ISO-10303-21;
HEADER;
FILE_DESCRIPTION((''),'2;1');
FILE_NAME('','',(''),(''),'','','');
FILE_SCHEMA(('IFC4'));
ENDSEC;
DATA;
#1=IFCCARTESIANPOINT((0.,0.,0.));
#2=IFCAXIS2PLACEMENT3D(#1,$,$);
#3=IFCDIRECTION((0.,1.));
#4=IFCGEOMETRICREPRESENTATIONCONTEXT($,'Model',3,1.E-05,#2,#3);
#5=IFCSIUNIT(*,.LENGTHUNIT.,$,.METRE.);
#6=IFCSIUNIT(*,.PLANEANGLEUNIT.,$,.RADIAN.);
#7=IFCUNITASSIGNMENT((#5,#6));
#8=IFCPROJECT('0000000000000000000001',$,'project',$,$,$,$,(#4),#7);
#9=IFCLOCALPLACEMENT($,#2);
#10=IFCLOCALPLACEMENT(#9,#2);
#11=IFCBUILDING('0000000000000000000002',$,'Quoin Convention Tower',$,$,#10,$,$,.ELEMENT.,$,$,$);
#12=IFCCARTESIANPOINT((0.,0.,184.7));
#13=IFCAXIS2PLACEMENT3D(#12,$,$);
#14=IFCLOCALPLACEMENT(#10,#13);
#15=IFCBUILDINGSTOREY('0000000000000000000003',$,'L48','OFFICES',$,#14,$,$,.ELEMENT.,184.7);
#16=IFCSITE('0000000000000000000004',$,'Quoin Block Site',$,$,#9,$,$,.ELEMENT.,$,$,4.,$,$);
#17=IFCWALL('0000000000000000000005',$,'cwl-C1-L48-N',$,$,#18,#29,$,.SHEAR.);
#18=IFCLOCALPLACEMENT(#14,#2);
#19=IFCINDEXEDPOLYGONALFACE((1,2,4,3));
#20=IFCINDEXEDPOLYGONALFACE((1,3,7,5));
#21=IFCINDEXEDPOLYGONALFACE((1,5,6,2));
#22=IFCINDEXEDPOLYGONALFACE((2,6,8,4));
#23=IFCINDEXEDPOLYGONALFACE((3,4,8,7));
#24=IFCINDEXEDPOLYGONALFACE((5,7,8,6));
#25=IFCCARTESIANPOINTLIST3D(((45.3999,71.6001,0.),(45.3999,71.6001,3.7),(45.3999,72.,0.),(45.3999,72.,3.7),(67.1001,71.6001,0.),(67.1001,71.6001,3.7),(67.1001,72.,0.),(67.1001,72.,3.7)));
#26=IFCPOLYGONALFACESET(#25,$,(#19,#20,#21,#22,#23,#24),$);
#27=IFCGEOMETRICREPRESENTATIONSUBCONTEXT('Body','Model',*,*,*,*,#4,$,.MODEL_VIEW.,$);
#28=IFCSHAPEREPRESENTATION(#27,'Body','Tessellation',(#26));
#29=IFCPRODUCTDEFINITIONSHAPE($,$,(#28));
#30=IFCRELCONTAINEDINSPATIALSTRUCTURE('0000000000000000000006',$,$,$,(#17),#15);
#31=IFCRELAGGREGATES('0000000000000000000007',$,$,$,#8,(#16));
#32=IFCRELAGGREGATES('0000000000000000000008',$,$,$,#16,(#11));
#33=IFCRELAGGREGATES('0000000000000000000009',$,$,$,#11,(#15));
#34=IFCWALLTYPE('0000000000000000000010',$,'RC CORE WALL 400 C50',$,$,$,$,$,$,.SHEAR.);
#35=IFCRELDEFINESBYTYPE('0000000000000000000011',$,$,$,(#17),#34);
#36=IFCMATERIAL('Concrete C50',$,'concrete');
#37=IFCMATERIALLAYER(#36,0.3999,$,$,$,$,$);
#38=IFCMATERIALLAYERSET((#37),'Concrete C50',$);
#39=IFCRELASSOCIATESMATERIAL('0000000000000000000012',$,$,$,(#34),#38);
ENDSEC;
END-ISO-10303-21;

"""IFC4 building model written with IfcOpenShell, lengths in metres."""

from ifc_helpers import new_model, si_unit, direction, frame, frame_2d, origin, place, context, subcontext, project, spatial, rectangle, extrude, material, layer, layer_set, type_object, element, save


model = new_model("IFC4")

# Units and contexts
model_context = context("Model", 3, precision=1e-05, world=origin(), true_north=direction((0.0, 1.0)))
body_context = subcontext(model_context, "Body", "Model", "MODEL_VIEW")
ifc_project = project(units=[si_unit("LENGTHUNIT", "METRE"), si_unit("PLANEANGLEUNIT", "RADIAN")], contexts=[model_context])

# Site, building, storey
site_placement = place(None, origin())
site = spatial("IfcSite", under=ifc_project, at=site_placement, Name="Quoin Block Site", CompositionType="ELEMENT", RefElevation=4.0)
building_placement = place(site_placement, origin())
building = spatial("IfcBuilding", under=site, at=building_placement, Name="Quoin Convention Tower", CompositionType="ELEMENT")
storey_placement = place(building_placement, frame((0.0, 0.0, 184.7)))
storey = spatial("IfcBuildingStorey", under=building, at=storey_placement, Name="L48", Description="OFFICES", CompositionType="ELEMENT", Elevation=184.7)

# Shared definitions
ifc_material_1 = material(Name="Concrete C50", Category="concrete")

# Wall
ifc_layer_1 = layer(ifc_material_1, 0.3999)
ifc_layer_set_1 = layer_set([ifc_layer_1], Name="Concrete C50")
wall_type_1 = type_object("IfcWallType", Name="RC CORE WALL 400 C50", PredefinedType="SHEAR", material=ifc_layer_set_1)
wall_1_placement = place(storey_placement, frame((45.3999, 71.8, 0.0), z_axis=(0.0, 0.0, 1.0), x_axis=(1.0, 0.0, 0.0)))
element("IfcWall", 1, at=wall_1_placement, inside=storey, type_object=wall_type_1, Name="cwl-C1-L48-N", PredefinedType="SHEAR", context=body_context, shape_type="SweptSolid", body=[
    extrude(rectangle(XDim=21.7002, YDim=0.3999, at=frame_2d((10.8501, 0.0))), origin(), (0.0, 0.0, 1.0), 3.7),
])

save(model, "model.ifc")
